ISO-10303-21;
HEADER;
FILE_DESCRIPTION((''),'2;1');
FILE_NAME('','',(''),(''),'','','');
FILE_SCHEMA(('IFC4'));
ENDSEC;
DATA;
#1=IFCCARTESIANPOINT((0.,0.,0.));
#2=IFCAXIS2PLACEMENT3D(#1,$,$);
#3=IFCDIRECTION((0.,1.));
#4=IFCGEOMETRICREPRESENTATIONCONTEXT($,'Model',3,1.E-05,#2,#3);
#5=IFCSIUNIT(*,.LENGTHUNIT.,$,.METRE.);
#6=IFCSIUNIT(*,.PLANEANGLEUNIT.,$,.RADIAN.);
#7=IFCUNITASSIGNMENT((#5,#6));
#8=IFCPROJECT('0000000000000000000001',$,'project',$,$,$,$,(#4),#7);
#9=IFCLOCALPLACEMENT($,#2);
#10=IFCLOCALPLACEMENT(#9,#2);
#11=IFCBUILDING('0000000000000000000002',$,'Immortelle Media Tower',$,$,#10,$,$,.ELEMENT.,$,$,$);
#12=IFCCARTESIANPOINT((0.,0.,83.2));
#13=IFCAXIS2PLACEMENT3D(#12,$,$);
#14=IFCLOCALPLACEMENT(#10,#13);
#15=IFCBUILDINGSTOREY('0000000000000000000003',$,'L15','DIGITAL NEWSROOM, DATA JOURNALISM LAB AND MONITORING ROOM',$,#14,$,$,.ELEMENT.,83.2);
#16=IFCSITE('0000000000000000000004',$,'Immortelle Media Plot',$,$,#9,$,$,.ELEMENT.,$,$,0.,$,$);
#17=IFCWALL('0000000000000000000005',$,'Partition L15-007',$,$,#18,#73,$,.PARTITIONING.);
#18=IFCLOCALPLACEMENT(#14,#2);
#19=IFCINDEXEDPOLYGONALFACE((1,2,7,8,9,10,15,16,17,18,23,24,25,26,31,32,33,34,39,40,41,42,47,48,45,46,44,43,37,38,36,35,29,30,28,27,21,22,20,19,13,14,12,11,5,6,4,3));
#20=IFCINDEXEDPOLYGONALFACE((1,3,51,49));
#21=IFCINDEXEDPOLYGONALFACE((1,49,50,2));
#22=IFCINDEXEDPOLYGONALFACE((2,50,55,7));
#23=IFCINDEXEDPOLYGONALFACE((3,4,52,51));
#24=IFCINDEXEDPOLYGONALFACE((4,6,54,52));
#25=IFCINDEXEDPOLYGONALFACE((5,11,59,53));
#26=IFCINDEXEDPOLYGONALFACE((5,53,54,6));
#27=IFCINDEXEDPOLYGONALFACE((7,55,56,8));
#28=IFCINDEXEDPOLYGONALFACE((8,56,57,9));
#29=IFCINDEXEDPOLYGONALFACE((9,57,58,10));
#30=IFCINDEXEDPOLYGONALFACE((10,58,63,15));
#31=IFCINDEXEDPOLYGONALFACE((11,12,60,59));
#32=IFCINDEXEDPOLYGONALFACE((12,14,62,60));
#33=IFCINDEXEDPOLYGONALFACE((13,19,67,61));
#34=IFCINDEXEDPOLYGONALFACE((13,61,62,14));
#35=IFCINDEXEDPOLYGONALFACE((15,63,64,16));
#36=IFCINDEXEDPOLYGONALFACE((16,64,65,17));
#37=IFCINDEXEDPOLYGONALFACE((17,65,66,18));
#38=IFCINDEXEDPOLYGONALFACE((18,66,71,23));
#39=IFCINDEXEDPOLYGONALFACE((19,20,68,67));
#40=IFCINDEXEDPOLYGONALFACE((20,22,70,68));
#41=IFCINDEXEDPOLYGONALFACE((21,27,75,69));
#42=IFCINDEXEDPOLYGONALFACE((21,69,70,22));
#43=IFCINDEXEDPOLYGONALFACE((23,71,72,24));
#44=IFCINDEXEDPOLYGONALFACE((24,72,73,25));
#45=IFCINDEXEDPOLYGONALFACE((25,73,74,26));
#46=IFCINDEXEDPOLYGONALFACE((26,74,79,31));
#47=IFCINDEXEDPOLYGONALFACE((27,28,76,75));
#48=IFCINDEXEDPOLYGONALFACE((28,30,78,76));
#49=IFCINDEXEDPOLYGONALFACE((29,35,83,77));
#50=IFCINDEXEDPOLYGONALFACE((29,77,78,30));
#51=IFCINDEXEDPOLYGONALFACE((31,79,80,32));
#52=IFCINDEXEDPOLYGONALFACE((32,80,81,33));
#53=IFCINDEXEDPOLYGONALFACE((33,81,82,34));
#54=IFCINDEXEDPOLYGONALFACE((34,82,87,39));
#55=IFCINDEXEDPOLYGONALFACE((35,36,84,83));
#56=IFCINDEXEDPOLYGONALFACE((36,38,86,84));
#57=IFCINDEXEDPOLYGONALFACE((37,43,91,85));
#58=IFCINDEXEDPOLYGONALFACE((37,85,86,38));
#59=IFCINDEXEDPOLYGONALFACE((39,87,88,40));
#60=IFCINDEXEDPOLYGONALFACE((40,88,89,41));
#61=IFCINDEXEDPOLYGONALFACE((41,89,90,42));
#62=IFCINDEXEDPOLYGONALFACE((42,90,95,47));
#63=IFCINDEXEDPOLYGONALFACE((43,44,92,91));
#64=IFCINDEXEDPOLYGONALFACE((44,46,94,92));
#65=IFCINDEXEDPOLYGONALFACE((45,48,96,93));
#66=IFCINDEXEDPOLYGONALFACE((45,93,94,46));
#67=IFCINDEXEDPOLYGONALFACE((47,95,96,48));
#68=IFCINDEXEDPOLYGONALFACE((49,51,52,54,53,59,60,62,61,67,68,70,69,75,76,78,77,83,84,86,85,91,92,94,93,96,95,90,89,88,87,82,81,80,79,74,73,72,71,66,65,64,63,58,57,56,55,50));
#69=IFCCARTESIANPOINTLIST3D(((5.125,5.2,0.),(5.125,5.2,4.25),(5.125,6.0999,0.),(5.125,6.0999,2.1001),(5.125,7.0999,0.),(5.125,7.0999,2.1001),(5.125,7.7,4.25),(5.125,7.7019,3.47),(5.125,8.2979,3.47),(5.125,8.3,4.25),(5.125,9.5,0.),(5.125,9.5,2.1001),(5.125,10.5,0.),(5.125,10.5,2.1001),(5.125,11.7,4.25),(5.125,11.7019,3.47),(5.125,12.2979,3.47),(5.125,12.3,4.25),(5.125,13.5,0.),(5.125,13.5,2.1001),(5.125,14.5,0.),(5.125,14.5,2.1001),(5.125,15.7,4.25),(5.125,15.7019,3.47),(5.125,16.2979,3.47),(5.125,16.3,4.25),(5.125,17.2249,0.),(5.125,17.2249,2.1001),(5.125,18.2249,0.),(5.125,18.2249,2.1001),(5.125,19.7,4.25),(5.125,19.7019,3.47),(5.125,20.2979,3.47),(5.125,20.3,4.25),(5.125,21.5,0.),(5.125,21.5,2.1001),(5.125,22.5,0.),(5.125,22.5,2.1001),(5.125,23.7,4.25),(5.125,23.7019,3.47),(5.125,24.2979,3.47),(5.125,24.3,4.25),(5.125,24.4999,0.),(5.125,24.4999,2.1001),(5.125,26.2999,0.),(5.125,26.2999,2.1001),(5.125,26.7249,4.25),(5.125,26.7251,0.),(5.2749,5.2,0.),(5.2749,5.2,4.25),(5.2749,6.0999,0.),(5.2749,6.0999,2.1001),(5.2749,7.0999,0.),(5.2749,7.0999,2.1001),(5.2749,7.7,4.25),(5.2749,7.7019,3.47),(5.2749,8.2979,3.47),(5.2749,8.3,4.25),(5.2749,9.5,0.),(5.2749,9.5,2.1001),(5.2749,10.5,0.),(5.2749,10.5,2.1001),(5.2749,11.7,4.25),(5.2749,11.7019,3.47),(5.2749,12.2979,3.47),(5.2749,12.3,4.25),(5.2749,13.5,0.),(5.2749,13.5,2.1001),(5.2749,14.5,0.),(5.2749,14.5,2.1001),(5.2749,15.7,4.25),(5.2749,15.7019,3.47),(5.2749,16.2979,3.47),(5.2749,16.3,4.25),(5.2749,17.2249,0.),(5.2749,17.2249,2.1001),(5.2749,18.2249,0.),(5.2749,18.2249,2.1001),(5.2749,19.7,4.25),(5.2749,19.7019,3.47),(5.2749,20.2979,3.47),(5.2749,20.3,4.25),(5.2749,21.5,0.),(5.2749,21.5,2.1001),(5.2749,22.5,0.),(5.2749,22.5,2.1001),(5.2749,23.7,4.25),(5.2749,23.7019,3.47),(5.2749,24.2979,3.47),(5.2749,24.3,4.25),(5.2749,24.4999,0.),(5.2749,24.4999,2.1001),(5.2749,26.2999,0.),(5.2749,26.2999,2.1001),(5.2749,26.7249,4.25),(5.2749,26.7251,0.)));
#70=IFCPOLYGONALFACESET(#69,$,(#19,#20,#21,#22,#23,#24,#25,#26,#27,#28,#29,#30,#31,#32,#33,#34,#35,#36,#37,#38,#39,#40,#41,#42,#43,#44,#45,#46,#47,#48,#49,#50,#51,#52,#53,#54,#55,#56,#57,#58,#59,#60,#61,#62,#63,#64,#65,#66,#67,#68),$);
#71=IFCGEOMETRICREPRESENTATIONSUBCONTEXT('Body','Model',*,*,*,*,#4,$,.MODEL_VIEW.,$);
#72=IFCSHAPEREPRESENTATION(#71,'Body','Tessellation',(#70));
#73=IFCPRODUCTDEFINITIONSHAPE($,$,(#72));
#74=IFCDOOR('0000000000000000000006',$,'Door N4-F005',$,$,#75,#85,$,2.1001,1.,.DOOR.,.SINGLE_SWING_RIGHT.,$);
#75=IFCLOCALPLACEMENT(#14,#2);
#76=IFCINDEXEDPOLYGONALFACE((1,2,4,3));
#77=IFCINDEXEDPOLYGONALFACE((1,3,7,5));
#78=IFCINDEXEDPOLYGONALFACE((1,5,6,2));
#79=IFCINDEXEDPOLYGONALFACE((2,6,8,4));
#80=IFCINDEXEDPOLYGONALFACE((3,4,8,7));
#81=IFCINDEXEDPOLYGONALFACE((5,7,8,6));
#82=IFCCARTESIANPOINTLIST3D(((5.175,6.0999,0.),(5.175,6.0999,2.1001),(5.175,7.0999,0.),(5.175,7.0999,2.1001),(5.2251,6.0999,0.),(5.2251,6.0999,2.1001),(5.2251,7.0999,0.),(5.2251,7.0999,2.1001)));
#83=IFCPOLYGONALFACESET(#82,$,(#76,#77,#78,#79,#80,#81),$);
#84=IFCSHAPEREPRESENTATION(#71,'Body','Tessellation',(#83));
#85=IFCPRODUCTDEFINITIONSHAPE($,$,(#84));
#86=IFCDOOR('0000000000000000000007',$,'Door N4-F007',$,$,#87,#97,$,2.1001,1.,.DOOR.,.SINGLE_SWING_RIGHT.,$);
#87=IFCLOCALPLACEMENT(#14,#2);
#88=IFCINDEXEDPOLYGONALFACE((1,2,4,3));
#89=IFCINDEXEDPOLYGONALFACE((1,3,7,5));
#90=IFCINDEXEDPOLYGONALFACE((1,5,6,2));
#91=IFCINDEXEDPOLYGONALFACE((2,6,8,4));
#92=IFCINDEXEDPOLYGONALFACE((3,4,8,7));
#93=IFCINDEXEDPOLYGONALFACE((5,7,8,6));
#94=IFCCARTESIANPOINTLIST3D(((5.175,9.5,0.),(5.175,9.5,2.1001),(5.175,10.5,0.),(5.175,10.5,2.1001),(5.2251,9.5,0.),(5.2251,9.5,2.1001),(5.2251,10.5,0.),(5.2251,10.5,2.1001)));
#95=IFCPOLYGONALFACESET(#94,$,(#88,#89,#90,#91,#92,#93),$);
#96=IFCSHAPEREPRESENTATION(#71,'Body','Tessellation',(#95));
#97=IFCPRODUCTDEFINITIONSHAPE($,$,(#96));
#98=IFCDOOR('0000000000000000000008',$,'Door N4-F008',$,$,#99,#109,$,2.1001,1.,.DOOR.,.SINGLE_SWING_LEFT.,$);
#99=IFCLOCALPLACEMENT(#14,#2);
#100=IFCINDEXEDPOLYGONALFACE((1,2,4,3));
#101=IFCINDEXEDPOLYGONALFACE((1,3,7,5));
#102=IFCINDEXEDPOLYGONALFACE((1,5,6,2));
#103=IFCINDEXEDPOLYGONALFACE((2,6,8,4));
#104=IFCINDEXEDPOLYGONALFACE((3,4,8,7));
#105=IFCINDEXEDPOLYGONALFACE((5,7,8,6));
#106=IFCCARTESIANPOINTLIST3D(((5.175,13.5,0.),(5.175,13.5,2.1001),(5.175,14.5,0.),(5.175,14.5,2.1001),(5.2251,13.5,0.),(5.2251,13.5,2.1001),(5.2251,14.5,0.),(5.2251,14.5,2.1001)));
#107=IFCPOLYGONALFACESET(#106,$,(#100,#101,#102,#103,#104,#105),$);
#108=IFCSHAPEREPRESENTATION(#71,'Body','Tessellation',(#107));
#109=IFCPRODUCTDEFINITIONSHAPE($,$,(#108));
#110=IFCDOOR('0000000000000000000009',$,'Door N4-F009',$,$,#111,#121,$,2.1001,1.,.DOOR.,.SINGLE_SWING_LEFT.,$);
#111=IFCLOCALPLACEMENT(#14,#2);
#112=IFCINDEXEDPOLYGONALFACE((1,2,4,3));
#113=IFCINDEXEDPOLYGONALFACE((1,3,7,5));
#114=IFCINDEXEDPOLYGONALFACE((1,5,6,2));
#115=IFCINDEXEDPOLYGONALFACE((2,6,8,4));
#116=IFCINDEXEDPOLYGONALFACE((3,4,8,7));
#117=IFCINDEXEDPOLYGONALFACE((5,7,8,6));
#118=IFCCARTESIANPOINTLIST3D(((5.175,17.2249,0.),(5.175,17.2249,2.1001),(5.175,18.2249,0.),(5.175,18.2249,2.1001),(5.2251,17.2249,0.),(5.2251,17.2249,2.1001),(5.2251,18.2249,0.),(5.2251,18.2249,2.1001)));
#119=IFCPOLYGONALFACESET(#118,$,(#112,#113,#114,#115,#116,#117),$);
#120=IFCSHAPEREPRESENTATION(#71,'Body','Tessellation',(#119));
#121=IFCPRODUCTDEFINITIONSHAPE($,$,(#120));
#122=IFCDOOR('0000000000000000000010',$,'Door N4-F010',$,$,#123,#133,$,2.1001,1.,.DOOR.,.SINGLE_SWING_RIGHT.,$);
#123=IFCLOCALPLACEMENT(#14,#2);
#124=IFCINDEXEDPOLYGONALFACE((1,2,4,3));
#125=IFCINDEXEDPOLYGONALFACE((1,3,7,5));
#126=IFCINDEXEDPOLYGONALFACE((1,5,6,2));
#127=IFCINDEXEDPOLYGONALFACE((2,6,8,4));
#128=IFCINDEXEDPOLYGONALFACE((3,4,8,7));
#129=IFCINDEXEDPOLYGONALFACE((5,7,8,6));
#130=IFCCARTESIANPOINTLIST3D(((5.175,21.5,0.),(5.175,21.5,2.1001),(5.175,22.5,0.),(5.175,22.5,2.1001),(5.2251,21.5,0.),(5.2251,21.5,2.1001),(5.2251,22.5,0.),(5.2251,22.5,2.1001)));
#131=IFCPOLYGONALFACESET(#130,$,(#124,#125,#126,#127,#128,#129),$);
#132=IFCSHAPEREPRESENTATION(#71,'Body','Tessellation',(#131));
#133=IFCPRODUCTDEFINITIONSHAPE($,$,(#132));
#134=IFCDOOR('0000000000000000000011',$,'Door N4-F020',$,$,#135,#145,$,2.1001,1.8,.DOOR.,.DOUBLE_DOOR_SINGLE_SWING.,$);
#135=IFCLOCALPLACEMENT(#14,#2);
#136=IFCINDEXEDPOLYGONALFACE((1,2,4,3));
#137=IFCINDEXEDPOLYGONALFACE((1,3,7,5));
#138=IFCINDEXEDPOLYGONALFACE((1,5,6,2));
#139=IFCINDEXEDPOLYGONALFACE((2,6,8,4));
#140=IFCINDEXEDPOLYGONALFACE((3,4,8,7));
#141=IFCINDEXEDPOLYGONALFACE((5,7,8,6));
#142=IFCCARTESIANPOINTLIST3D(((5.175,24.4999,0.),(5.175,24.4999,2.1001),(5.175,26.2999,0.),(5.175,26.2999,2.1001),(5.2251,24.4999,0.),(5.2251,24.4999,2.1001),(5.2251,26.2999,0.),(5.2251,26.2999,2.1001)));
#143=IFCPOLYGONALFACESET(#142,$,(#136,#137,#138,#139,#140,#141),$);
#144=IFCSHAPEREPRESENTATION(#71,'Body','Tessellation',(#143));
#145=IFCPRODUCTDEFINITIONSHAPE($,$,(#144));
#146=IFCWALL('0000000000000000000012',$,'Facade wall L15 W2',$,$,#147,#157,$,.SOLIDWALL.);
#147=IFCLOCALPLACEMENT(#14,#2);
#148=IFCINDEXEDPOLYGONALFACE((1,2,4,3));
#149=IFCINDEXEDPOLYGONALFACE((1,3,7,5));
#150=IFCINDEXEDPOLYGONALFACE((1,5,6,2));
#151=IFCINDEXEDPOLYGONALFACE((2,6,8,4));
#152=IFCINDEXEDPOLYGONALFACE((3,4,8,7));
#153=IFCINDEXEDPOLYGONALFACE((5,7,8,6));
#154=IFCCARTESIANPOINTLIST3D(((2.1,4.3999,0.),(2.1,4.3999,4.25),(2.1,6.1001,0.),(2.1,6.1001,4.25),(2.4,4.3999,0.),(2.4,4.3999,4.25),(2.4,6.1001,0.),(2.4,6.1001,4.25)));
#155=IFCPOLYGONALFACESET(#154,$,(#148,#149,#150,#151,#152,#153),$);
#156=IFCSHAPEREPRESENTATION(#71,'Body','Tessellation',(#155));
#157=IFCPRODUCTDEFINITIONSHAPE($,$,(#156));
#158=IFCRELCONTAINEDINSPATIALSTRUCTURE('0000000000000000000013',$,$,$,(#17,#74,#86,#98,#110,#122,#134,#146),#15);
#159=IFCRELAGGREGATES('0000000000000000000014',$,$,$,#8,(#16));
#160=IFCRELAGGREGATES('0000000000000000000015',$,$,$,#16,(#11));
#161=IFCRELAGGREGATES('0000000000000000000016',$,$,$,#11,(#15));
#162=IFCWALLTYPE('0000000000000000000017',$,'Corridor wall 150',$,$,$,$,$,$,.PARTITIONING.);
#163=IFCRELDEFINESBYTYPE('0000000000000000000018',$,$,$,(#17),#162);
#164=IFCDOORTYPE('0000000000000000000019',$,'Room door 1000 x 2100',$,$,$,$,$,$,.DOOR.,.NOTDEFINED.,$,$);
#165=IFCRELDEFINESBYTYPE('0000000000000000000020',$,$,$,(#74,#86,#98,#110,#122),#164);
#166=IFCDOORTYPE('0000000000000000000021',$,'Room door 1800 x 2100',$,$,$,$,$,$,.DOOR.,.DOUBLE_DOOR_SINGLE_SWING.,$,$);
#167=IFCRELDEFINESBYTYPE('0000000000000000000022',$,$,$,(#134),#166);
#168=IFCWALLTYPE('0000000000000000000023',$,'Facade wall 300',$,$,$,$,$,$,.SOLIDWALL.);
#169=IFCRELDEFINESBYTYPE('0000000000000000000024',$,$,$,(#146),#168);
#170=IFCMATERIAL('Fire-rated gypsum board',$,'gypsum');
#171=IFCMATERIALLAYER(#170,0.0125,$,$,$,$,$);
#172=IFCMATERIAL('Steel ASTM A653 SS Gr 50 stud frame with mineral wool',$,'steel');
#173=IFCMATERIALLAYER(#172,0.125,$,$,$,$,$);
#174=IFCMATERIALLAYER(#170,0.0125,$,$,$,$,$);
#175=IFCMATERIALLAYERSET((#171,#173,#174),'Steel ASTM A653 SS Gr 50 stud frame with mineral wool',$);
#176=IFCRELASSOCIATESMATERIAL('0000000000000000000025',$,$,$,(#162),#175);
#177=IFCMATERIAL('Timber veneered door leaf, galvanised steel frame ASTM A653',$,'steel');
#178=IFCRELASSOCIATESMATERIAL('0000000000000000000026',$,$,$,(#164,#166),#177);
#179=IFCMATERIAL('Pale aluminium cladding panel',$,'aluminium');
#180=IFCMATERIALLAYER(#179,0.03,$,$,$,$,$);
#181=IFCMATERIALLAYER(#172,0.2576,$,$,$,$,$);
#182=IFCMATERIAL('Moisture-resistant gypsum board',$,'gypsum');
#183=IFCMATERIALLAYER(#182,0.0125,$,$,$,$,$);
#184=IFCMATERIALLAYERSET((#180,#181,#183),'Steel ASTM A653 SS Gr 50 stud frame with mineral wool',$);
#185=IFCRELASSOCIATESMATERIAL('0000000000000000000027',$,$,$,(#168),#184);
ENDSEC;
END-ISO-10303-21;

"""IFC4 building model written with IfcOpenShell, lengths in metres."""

from ifc_helpers import new_model, si_unit, direction, frame, frame_2d, origin, place, context, subcontext, project, spatial, polyline, rectangle, outline, extrude, material, layer, layer_set, type_object, element, fill, save


model = new_model("IFC4")

# Units and contexts
model_context = context("Model", 3, precision=1e-05, world=origin(), true_north=direction((0.0, 1.0)))
body_context = subcontext(model_context, "Body", "Model", "MODEL_VIEW")
ifc_project = project(units=[si_unit("LENGTHUNIT", "METRE"), si_unit("PLANEANGLEUNIT", "RADIAN")], contexts=[model_context])

# Site, building, storey
site_placement = place(None, origin())
site = spatial("IfcSite", under=ifc_project, at=site_placement, Name="Immortelle Media Plot", CompositionType="ELEMENT", RefElevation=0.0)
building_placement = place(site_placement, origin())
building = spatial("IfcBuilding", under=site, at=building_placement, Name="Immortelle Media Tower", CompositionType="ELEMENT")
storey_placement = place(building_placement, frame((0.0, 0.0, 83.2)))
storey = spatial("IfcBuildingStorey", under=building, at=storey_placement, Name="L15", Description="DIGITAL NEWSROOM, DATA JOURNALISM LAB AND MONITORING ROOM", CompositionType="ELEMENT", Elevation=83.2)

# Wall, openings, doors
ifc_material_1 = material(Name="Fire-rated gypsum board", Category="gypsum")
ifc_layer_1 = layer(ifc_material_1, 0.0125)
ifc_material_2 = material(Name="Steel ASTM A653 SS Gr 50 stud frame with mineral wool", Category="steel")
ifc_layer_2 = layer(ifc_material_2, 0.125)
ifc_layer_3 = layer(ifc_material_1, 0.0125)
ifc_layer_set_1 = layer_set([ifc_layer_1, ifc_layer_2, ifc_layer_3], Name="Steel ASTM A653 SS Gr 50 stud frame with mineral wool")
wall_type_1 = type_object("IfcWallType", Name="Corridor wall 150", PredefinedType="PARTITIONING", material=ifc_layer_set_1)
ifc_material_3 = material(Name="Timber veneered door leaf, galvanised steel frame ASTM A653", Category="steel")
door_type_1 = type_object("IfcDoorType", Name="Room door 1000 x 2100", OperationType="NOTDEFINED", PredefinedType="DOOR", material=ifc_material_3)
door_type_2 = type_object("IfcDoorType", Name="Room door 1800 x 2100", OperationType="DOUBLE_DOOR_SINGLE_SWING", PredefinedType="DOOR", material=ifc_material_3)
wall_1_placement = place(storey_placement, frame((5.2, 5.2, 0.0), z_axis=(0.0, 0.0, 1.0), x_axis=(0.0, 1.0, 0.0)))
wall_1 = element("IfcWall", 1, at=wall_1_placement, inside=storey, type_object=wall_type_1, Name="Partition L15-007", PredefinedType="PARTITIONING", context=body_context, shape_type="SweptSolid", body=[
    extrude(outline(polyline([(0.0, 0.0), (21.5251, 0.0), (21.5249, 4.25), (19.1001, 4.25), (19.0979, 3.47), (18.502, 3.47), (18.5, 4.25), (15.1001, 4.25), (15.0979, 3.47), (14.502, 3.47), (14.5, 4.25), (11.1001, 4.25), (11.0979, 3.47), (10.502, 3.47), (10.5, 4.25), (7.1001, 4.25), (7.0979, 3.47), (6.502, 3.47), (6.5, 4.25), (3.1001, 4.25), (3.0979, 3.47), (2.502, 3.47), (2.5, 4.25), (0.0, 4.25), (0.0, 0.0)])), frame((0.0, 0.075, 0.0), z_axis=(0.0, -1.0, 0.0), x_axis=(1.0, 0.0, 0.0)), (0.0, 0.0, 1.0), 0.1499),
])
opening_1_placement = place(wall_1_placement, frame((0.8999, 0.0, 0.0)))
opening_1 = element("IfcOpeningElement", 2, at=opening_1_placement, cuts=wall_1, PredefinedType="OPENING", context=body_context, shape_type="SweptSolid", body=[
    extrude(rectangle(XDim=1.0, YDim=2.1001, at=frame_2d((0.5, 1.05))), frame((0.0, 0.085, 0.0), z_axis=(0.0, -1.0, 0.0), x_axis=(1.0, 0.0, 0.0)), (0.0, 0.0, 1.0), 0.1699),
])
opening_2_placement = place(wall_1_placement, frame((4.3, 0.0, 0.0)))
opening_2 = element("IfcOpeningElement", 3, at=opening_2_placement, cuts=wall_1, PredefinedType="OPENING", context=body_context, shape_type="SweptSolid", body=[
    extrude(rectangle(XDim=1.0, YDim=2.1001, at=frame_2d((0.5, 1.05))), frame((0.0, 0.085, 0.0), z_axis=(0.0, -1.0, 0.0), x_axis=(1.0, 0.0, 0.0)), (0.0, 0.0, 1.0), 0.1699),
])
opening_3_placement = place(wall_1_placement, frame((8.3, 0.0, 0.0)))
opening_3 = element("IfcOpeningElement", 4, at=opening_3_placement, cuts=wall_1, PredefinedType="OPENING", context=body_context, shape_type="SweptSolid", body=[
    extrude(rectangle(XDim=1.0, YDim=2.1001, at=frame_2d((0.5, 1.05))), frame((0.0, 0.085, 0.0), z_axis=(0.0, -1.0, 0.0), x_axis=(1.0, 0.0, 0.0)), (0.0, 0.0, 1.0), 0.1699),
])
opening_4_placement = place(wall_1_placement, frame((12.0249, 0.0, 0.0)))
opening_4 = element("IfcOpeningElement", 5, at=opening_4_placement, cuts=wall_1, PredefinedType="OPENING", context=body_context, shape_type="SweptSolid", body=[
    extrude(rectangle(XDim=1.0, YDim=2.1001, at=frame_2d((0.5, 1.05))), frame((0.0, 0.085, 0.0), z_axis=(0.0, -1.0, 0.0), x_axis=(1.0, 0.0, 0.0)), (0.0, 0.0, 1.0), 0.1699),
])
opening_5_placement = place(wall_1_placement, frame((16.3, 0.0, 0.0)))
opening_5 = element("IfcOpeningElement", 6, at=opening_5_placement, cuts=wall_1, PredefinedType="OPENING", context=body_context, shape_type="SweptSolid", body=[
    extrude(rectangle(XDim=1.0, YDim=2.1001, at=frame_2d((0.5, 1.05))), frame((0.0, 0.085, 0.0), z_axis=(0.0, -1.0, 0.0), x_axis=(1.0, 0.0, 0.0)), (0.0, 0.0, 1.0), 0.1699),
])
opening_6_placement = place(wall_1_placement, frame((19.3, 0.0, 0.0)))
opening_6 = element("IfcOpeningElement", 7, at=opening_6_placement, cuts=wall_1, PredefinedType="OPENING", context=body_context, shape_type="SweptSolid", body=[
    extrude(rectangle(XDim=1.8, YDim=2.1001, at=frame_2d((0.8999, 1.05))), frame((0.0, 0.085, 0.0), z_axis=(0.0, -1.0, 0.0), x_axis=(1.0, 0.0, 0.0)), (0.0, 0.0, 1.0), 0.1699),
])
door_1_placement = place(opening_1_placement, origin())
door_1 = element("IfcDoor", 8, at=door_1_placement, inside=storey, type_object=door_type_1, Name="Door N4-F005", OperationType="SINGLE_SWING_RIGHT", OverallHeight=2.1001, OverallWidth=1.0, PredefinedType="DOOR", context=body_context, shape_type="SweptSolid", body=[
    extrude(rectangle(XDim=1.0, YDim=2.1001, at=frame_2d((0.5, 1.05))), frame((0.0, 0.0249, 0.0), z_axis=(0.0, -1.0, 0.0), x_axis=(1.0, 0.0, 0.0)), (0.0, 0.0, 1.0), 0.05),
])
fill(opening_1, door_1)
door_2_placement = place(opening_2_placement, origin())
door_2 = element("IfcDoor", 9, at=door_2_placement, inside=storey, type_object=door_type_1, Name="Door N4-F007", OperationType="SINGLE_SWING_RIGHT", OverallHeight=2.1001, OverallWidth=1.0, PredefinedType="DOOR", context=body_context, shape_type="SweptSolid", body=[
    extrude(rectangle(XDim=1.0, YDim=2.1001, at=frame_2d((0.5, 1.05))), frame((0.0, 0.0249, 0.0), z_axis=(0.0, -1.0, 0.0), x_axis=(1.0, 0.0, 0.0)), (0.0, 0.0, 1.0), 0.05),
])
fill(opening_2, door_2)
door_3_placement = place(opening_3_placement, origin())
door_3 = element("IfcDoor", 10, at=door_3_placement, inside=storey, type_object=door_type_1, Name="Door N4-F008", OperationType="SINGLE_SWING_LEFT", OverallHeight=2.1001, OverallWidth=1.0, PredefinedType="DOOR", context=body_context, shape_type="SweptSolid", body=[
    extrude(rectangle(XDim=1.0, YDim=2.1001, at=frame_2d((0.5, 1.05))), frame((0.0, 0.0249, 0.0), z_axis=(0.0, -1.0, 0.0), x_axis=(1.0, 0.0, 0.0)), (0.0, 0.0, 1.0), 0.05),
])
fill(opening_3, door_3)
door_4_placement = place(opening_4_placement, origin())
door_4 = element("IfcDoor", 11, at=door_4_placement, inside=storey, type_object=door_type_1, Name="Door N4-F009", OperationType="SINGLE_SWING_LEFT", OverallHeight=2.1001, OverallWidth=1.0, PredefinedType="DOOR", context=body_context, shape_type="SweptSolid", body=[
    extrude(rectangle(XDim=1.0, YDim=2.1001, at=frame_2d((0.5, 1.05))), frame((0.0, 0.0249, 0.0), z_axis=(0.0, -1.0, 0.0), x_axis=(1.0, 0.0, 0.0)), (0.0, 0.0, 1.0), 0.05),
])
fill(opening_4, door_4)
door_5_placement = place(opening_5_placement, origin())
door_5 = element("IfcDoor", 12, at=door_5_placement, inside=storey, type_object=door_type_1, Name="Door N4-F010", OperationType="SINGLE_SWING_RIGHT", OverallHeight=2.1001, OverallWidth=1.0, PredefinedType="DOOR", context=body_context, shape_type="SweptSolid", body=[
    extrude(rectangle(XDim=1.0, YDim=2.1001, at=frame_2d((0.5, 1.05))), frame((0.0, 0.0249, 0.0), z_axis=(0.0, -1.0, 0.0), x_axis=(1.0, 0.0, 0.0)), (0.0, 0.0, 1.0), 0.05),
])
fill(opening_5, door_5)
door_6_placement = place(opening_6_placement, origin())
door_6 = element("IfcDoor", 13, at=door_6_placement, inside=storey, type_object=door_type_2, Name="Door N4-F020", OperationType="DOUBLE_DOOR_SINGLE_SWING", OverallHeight=2.1001, OverallWidth=1.8, PredefinedType="DOOR", context=body_context, shape_type="SweptSolid", body=[
    extrude(rectangle(XDim=1.8, YDim=2.1001, at=frame_2d((0.8999, 1.05))), frame((0.0, 0.0249, 0.0), z_axis=(0.0, -1.0, 0.0), x_axis=(1.0, 0.0, 0.0)), (0.0, 0.0, 1.0), 0.05),
])
fill(opening_6, door_6)

# Wall
ifc_material_4 = material(Name="Pale aluminium cladding panel", Category="aluminium")
ifc_layer_4 = layer(ifc_material_4, 0.03)
ifc_layer_5 = layer(ifc_material_2, 0.2576)
ifc_material_5 = material(Name="Moisture-resistant gypsum board", Category="gypsum")
ifc_layer_6 = layer(ifc_material_5, 0.0125)
ifc_layer_set_2 = layer_set([ifc_layer_4, ifc_layer_5, ifc_layer_6], Name="Steel ASTM A653 SS Gr 50 stud frame with mineral wool")
wall_type_2 = type_object("IfcWallType", Name="Facade wall 300", PredefinedType="SOLIDWALL", material=ifc_layer_set_2)
for number, where, z_axis, x_axis, name in (
    (14, (2.25, 6.1001, 0.0), (0.0, 0.0, 1.0), (0.0, -1.0, 0.0), "Facade wall L15 W2"),
):
    element("IfcWall", number, at=place(storey_placement, frame(where, z_axis=z_axis, x_axis=x_axis)), inside=storey, type_object=wall_type_2, Name=name, PredefinedType="SOLIDWALL", context=body_context, shape_type="SweptSolid", body=[
        extrude(rectangle(XDim=1.7002, YDim=0.3, at=frame_2d((0.8501, 0.0))), origin(), (0.0, 0.0, 1.0), 4.25),
    ])

save(model, "model.ifc")
